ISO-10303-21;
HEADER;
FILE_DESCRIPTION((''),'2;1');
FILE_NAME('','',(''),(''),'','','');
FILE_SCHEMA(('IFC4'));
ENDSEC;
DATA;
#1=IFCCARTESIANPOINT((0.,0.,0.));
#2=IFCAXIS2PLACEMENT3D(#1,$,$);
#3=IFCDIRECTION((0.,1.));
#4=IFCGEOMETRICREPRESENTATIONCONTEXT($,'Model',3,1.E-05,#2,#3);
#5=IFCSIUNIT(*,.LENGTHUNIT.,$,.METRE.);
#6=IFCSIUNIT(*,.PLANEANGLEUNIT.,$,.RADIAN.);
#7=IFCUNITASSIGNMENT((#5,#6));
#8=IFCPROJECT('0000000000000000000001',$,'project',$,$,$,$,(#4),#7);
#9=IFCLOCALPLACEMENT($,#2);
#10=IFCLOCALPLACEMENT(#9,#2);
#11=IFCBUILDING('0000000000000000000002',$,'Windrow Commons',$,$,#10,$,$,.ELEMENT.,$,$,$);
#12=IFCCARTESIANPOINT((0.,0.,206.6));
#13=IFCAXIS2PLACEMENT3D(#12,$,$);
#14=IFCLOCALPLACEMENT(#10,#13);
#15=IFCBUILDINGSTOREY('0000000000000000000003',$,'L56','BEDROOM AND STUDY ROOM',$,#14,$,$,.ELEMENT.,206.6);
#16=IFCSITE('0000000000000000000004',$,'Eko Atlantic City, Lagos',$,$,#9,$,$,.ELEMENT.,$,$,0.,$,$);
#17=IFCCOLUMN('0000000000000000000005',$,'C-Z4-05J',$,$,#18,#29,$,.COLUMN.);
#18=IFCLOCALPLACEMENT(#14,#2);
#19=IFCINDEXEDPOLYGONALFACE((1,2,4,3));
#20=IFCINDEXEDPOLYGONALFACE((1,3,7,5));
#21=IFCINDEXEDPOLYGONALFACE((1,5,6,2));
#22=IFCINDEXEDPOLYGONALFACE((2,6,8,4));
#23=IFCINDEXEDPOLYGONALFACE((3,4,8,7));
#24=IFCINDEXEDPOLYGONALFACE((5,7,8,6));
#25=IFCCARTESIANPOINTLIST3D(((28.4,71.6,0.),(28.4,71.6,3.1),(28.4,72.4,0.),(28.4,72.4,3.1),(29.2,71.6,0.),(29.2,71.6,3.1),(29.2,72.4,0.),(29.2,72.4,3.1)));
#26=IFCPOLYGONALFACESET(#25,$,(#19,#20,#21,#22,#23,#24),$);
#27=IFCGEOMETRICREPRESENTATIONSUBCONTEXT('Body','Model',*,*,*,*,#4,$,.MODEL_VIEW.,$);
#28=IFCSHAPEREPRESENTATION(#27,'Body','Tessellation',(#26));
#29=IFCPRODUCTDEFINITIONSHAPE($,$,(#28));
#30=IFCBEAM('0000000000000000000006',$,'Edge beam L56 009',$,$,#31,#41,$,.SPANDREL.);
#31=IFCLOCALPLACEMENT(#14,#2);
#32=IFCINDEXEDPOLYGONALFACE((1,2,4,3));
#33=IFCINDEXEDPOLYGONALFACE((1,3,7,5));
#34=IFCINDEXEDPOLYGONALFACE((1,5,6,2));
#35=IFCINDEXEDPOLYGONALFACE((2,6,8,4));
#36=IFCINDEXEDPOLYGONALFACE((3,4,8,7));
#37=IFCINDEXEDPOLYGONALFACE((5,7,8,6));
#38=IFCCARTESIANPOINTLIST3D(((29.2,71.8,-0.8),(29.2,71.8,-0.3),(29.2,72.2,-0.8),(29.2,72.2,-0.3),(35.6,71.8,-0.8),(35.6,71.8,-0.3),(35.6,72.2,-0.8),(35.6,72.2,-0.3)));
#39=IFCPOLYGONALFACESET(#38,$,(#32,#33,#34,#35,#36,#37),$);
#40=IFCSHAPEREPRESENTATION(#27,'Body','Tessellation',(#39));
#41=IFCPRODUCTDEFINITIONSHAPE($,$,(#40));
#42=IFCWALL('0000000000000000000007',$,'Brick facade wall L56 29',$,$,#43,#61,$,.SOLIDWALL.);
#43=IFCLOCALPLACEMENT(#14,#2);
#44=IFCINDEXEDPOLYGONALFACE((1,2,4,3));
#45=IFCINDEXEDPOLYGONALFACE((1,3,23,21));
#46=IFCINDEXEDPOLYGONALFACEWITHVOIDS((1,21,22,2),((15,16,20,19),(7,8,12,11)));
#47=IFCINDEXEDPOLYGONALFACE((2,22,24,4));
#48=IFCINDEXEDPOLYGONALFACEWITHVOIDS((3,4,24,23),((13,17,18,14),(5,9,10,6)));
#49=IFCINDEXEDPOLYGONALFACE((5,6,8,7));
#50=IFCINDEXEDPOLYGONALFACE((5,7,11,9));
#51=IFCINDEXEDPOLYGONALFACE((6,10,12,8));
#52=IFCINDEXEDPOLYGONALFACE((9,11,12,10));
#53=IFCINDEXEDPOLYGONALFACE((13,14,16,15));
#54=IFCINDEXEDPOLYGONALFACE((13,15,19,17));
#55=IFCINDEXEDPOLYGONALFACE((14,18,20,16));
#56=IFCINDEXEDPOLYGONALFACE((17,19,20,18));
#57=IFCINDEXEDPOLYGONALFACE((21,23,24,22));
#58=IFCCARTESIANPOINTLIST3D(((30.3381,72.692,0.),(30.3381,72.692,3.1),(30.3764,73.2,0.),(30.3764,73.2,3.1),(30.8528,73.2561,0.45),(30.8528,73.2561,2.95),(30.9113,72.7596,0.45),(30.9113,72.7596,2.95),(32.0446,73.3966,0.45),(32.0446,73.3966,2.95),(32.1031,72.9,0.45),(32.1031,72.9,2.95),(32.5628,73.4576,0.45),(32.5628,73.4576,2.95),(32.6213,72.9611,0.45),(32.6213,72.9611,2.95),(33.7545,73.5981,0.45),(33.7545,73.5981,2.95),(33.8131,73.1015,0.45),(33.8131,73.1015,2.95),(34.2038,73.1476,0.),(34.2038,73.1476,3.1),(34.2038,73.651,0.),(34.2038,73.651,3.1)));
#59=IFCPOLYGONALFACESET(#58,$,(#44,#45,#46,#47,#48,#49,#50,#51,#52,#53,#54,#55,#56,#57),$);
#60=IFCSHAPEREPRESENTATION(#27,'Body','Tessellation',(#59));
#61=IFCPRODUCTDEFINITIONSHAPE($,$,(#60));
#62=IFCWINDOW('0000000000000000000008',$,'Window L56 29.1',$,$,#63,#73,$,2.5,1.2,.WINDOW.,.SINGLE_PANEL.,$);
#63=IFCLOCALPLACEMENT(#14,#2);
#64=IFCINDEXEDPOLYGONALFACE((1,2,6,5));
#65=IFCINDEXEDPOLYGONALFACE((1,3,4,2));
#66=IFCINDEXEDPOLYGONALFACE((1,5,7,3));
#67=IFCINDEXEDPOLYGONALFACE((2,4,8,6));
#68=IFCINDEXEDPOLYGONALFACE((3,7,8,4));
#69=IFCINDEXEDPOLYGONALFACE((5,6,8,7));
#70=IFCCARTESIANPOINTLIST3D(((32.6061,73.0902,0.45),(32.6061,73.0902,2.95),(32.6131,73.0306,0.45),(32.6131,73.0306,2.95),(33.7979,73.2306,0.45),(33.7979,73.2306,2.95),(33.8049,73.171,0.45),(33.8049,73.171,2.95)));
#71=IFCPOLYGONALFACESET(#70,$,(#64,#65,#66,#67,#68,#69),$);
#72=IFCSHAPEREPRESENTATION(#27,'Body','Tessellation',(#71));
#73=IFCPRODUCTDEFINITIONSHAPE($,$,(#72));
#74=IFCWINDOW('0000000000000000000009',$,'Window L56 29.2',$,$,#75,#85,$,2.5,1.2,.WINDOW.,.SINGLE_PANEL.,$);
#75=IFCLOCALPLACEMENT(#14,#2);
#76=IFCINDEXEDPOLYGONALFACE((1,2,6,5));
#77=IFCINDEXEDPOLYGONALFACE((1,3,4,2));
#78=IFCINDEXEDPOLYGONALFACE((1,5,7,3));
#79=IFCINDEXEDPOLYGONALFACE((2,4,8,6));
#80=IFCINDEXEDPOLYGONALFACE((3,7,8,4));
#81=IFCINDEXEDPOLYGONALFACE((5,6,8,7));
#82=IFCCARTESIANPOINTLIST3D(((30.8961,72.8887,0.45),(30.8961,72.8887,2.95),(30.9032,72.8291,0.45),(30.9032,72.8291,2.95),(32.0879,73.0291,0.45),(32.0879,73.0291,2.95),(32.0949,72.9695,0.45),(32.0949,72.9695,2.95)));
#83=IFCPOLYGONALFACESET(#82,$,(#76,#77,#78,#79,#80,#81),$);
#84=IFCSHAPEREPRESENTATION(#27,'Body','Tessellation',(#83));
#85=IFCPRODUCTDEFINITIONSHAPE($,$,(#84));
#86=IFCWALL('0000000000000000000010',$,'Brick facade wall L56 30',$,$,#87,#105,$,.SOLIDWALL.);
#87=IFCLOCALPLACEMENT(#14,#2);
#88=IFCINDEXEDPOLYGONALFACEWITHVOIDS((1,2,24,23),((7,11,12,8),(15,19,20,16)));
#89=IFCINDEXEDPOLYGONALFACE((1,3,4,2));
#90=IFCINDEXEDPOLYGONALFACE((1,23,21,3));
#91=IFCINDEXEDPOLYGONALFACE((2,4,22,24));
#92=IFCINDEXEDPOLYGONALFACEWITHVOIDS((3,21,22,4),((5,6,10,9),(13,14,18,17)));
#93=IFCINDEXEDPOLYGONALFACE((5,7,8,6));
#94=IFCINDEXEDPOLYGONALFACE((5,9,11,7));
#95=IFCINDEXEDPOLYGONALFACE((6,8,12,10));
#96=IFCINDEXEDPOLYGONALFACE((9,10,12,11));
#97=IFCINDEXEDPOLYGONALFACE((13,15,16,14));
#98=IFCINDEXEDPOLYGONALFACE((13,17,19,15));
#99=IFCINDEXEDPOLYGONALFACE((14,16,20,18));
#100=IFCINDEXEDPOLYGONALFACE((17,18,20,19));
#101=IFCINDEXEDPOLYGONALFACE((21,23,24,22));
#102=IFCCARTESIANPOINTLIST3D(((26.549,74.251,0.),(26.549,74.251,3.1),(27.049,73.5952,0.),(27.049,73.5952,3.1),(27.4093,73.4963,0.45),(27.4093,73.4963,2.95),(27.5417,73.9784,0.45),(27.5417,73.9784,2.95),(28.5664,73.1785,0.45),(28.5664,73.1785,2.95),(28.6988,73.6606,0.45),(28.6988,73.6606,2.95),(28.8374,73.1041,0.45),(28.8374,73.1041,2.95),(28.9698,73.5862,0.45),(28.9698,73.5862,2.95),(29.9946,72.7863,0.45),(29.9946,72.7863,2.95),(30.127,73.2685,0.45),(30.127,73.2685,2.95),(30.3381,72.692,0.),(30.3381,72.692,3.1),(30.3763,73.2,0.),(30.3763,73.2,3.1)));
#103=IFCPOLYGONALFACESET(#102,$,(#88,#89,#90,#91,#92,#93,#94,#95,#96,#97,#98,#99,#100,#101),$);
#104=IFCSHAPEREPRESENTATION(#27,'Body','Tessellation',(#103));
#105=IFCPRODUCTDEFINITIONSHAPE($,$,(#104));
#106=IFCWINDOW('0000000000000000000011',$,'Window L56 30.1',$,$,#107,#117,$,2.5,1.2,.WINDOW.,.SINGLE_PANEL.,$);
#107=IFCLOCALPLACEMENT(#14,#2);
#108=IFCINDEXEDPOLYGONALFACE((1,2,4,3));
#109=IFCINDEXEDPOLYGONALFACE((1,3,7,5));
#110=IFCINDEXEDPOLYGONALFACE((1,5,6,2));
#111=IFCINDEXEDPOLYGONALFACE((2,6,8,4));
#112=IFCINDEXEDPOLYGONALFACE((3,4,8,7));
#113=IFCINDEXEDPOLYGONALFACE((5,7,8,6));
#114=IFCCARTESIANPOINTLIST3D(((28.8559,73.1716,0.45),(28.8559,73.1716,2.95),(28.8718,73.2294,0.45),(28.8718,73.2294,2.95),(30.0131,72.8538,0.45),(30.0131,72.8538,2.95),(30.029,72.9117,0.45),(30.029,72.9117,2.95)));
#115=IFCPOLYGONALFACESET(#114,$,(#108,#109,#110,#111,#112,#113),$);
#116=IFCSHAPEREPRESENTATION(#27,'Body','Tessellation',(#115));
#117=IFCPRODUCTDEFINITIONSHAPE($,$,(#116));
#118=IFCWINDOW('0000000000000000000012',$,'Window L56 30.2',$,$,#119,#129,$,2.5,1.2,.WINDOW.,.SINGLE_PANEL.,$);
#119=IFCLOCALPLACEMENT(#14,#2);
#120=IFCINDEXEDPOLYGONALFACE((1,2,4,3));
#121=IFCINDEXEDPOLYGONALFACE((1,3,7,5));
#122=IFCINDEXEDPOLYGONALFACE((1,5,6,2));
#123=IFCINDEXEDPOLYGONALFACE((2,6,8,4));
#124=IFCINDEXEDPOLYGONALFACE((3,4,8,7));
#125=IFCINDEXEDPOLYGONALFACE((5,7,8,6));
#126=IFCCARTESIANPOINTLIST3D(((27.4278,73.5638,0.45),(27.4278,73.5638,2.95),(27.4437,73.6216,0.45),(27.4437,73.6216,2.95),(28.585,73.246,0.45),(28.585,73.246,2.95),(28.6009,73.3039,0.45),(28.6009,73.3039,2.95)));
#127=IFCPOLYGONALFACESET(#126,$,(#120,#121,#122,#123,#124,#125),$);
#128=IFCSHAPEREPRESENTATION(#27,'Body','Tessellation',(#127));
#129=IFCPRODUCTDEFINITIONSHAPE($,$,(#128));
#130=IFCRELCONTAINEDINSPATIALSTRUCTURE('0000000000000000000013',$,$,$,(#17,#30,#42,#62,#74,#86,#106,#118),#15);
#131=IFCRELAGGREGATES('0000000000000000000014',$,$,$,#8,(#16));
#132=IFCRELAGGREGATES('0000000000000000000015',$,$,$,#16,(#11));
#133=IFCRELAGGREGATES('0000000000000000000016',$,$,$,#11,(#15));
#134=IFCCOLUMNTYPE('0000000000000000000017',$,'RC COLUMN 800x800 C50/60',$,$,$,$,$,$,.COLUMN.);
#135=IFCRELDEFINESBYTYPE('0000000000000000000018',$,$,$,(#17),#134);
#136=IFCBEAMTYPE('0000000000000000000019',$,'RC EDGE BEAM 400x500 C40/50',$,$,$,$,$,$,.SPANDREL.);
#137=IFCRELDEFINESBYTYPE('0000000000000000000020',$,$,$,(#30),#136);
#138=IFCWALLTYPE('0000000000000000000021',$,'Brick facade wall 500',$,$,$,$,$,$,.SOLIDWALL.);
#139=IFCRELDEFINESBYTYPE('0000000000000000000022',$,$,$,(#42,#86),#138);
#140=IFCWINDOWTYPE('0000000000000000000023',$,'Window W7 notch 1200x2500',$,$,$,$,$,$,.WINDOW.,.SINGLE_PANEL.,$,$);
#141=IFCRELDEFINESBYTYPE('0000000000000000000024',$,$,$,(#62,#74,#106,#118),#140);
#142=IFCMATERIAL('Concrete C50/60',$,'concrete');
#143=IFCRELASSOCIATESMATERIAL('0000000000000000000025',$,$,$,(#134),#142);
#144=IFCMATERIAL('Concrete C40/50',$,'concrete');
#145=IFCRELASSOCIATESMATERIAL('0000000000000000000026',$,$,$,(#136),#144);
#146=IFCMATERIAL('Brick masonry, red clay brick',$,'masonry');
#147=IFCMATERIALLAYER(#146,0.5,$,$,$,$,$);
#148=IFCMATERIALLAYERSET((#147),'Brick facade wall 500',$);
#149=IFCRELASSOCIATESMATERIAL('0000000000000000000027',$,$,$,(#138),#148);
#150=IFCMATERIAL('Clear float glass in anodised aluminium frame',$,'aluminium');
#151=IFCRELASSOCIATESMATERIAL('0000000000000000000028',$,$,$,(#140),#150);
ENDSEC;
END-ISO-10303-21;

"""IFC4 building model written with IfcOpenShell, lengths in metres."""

from ifc_helpers import new_model, si_unit, direction, frame, frame_2d, origin, origin_2d, place, context, subcontext, project, spatial, polyline, rectangle, outline, extrude, material, layer, layer_set, material_profile, profile_set, type_object, element, fill, save


model = new_model("IFC4")

# Units and contexts
model_context = context("Model", 3, precision=1e-05, world=origin(), true_north=direction((0.0, 1.0)))
body_context = subcontext(model_context, "Body", "Model", "MODEL_VIEW")
ifc_project = project(units=[si_unit("LENGTHUNIT", "METRE"), si_unit("PLANEANGLEUNIT", "RADIAN")], contexts=[model_context])

# Site, building, storey
site_placement = place(None, origin())
site = spatial("IfcSite", under=ifc_project, at=site_placement, Name="Eko Atlantic City, Lagos", CompositionType="ELEMENT", RefElevation=0.0)
building_placement = place(site_placement, origin())
building = spatial("IfcBuilding", under=site, at=building_placement, Name="Windrow Commons", CompositionType="ELEMENT")
storey_placement = place(building_placement, frame((0.0, 0.0, 206.6)))
storey = spatial("IfcBuildingStorey", under=building, at=storey_placement, Name="L56", Description="BEDROOM AND STUDY ROOM", CompositionType="ELEMENT", Elevation=206.6)

# Column
ifc_material_1 = material(Name="Concrete C50/60", Category="concrete")
ifc_material_profile_1 = material_profile(ifc_material_1, rectangle(XDim=0.8, YDim=0.8, at=origin_2d()))
ifc_profile_set_1 = profile_set([ifc_material_profile_1], Name="Concrete C50/60")
column_type = type_object("IfcColumnType", Name="RC COLUMN 800x800 C50/60", PredefinedType="COLUMN", material=ifc_profile_set_1)
column_placement = place(storey_placement, frame((28.8, 72.0, 0.0), z_axis=(0.0, 0.0, 1.0), x_axis=(1.0, 0.0, 0.0)))
element("IfcColumn", 1, at=column_placement, inside=storey, type_object=column_type, Name="C-Z4-05J", PredefinedType="COLUMN", context=body_context, shape_type="SweptSolid", body=[
    extrude(rectangle(XDim=0.8, YDim=0.8, at=origin_2d()), origin(), (0.0, 0.0, 1.0), 3.1),
])

# Beam
ifc_material_2 = material(Name="Concrete C40/50", Category="concrete")
ifc_material_profile_2 = material_profile(ifc_material_2, rectangle(XDim=0.4, YDim=0.5, at=origin_2d()))
ifc_profile_set_2 = profile_set([ifc_material_profile_2], Name="Concrete C40/50")
beam_type = type_object("IfcBeamType", Name="RC EDGE BEAM 400x500 C40/50", PredefinedType="SPANDREL", material=ifc_profile_set_2)
beam_placement = place(storey_placement, frame((29.2, 72.0, -0.55), z_axis=(1.0, 0.0, 0.0), x_axis=(0.0, 1.0, 0.0)))
element("IfcBeam", 2, at=beam_placement, inside=storey, type_object=beam_type, Name="Edge beam L56 009", PredefinedType="SPANDREL", context=body_context, shape_type="SweptSolid", body=[
    extrude(rectangle(XDim=0.4, YDim=0.5, at=origin_2d()), origin(), (0.0, 0.0, 1.0), 6.4),
])

# Walls, openings, windows
ifc_material_3 = material(Name="Brick masonry, red clay brick", Category="masonry")
ifc_layer_1 = layer(ifc_material_3, 0.5)
ifc_layer_set_1 = layer_set([ifc_layer_1], Name="Brick facade wall 500")
wall_type_1 = type_object("IfcWallType", Name="Brick facade wall 500", PredefinedType="SOLIDWALL", material=ifc_layer_set_1)
wall_1_placement = place(storey_placement, frame((34.2038, 73.3993, 0.0), z_axis=(0.0, 0.0, 1.0), x_axis=(-0.993128, -0.117034, 0.0)))
wall_1 = element("IfcWall", 3, at=wall_1_placement, inside=storey, type_object=wall_type_1, Name="Brick facade wall L56 29", PredefinedType="SOLIDWALL", context=body_context, shape_type="SweptSolid", body=[
    extrude(outline(polyline([(-0.0295, -0.25), (3.8244, -0.25), (3.9219, 0.25), (0.0295, 0.25), (-0.0295, -0.25)])), origin(), (0.0, 0.0, 1.0), 3.1),
])
opening_1_placement = place(wall_1_placement, frame((0.4229, 0.0, 0.45)))
opening_1 = element("IfcOpeningElement", 4, at=opening_1_placement, cuts=wall_1, PredefinedType="OPENING", context=body_context, shape_type="SweptSolid", body=[
    extrude(rectangle(XDim=1.2, YDim=2.5, at=frame_2d((0.6, 1.25))), frame((0.0, 0.26, 0.0), z_axis=(0.0, -1.0, 0.0), x_axis=(1.0, 0.0, 0.0)), (0.0, 0.0, 1.0), 0.52),
])
opening_2_placement = place(wall_1_placement, frame((2.1447, 0.0, 0.45)))
opening_2 = element("IfcOpeningElement", 5, at=opening_2_placement, cuts=wall_1, PredefinedType="OPENING", context=body_context, shape_type="SweptSolid", body=[
    extrude(rectangle(XDim=1.2, YDim=2.5, at=frame_2d((0.6, 1.25))), frame((0.0, 0.26, 0.0), z_axis=(0.0, -1.0, 0.0), x_axis=(1.0, 0.0, 0.0)), (0.0, 0.0, 1.0), 0.52),
])
ifc_material_4 = material(Name="Clear float glass in anodised aluminium frame", Category="aluminium")
window_type_1 = type_object("IfcWindowType", Name="Window W7 notch 1200x2500", PartitioningType="SINGLE_PANEL", PredefinedType="WINDOW", material=ifc_material_4)
window_1_placement = place(opening_1_placement, origin())
window_1 = element("IfcWindow", 6, at=window_1_placement, inside=storey, type_object=window_type_1, Name="Window L56 29.1", OverallHeight=2.5, OverallWidth=1.2, PartitioningType="SINGLE_PANEL", PredefinedType="WINDOW", context=body_context, shape_type="SweptSolid", body=[
    extrude(rectangle(XDim=1.2, YDim=2.5, at=frame_2d((0.6, 1.25))), frame((0.0, 0.18, 0.0), z_axis=(0.0, -1.0, 0.0), x_axis=(1.0, 0.0, 0.0)), (0.0, 0.0, 1.0), 0.06),
])
fill(opening_1, window_1)
window_2_placement = place(opening_2_placement, origin())
window_2 = element("IfcWindow", 7, at=window_2_placement, inside=storey, type_object=window_type_1, Name="Window L56 29.2", OverallHeight=2.5, OverallWidth=1.2, PartitioningType="SINGLE_PANEL", PredefinedType="WINDOW", context=body_context, shape_type="SweptSolid", body=[
    extrude(rectangle(XDim=1.2, YDim=2.5, at=frame_2d((0.6, 1.25))), frame((0.0, 0.18, 0.0), z_axis=(0.0, -1.0, 0.0), x_axis=(1.0, 0.0, 0.0)), (0.0, 0.0, 1.0), 0.06),
])
fill(opening_2, window_2)
wall_2_placement = place(storey_placement, frame((30.3572, 72.946, 0.0), z_axis=(0.0, 0.0, 1.0), x_axis=(-0.964303, 0.264802, 0.0)))
wall_2 = element("IfcWall", 8, at=wall_2_placement, inside=storey, type_object=wall_type_1, Name="Brick facade wall L56 30", PredefinedType="SOLIDWALL", context=body_context, shape_type="SweptSolid", body=[
    extrude(outline(polyline([(0.0488, -0.25), (4.0178, -0.25), (3.362, 0.25), (-0.0488, 0.25), (0.0488, -0.25)])), origin(), (0.0, 0.0, 1.0), 3.1),
])
opening_3_placement = place(wall_2_placement, frame((0.3074, 0.0, 0.45)))
opening_3 = element("IfcOpeningElement", 9, at=opening_3_placement, cuts=wall_2, PredefinedType="OPENING", context=body_context, shape_type="SweptSolid", body=[
    extrude(rectangle(XDim=1.2, YDim=2.5, at=frame_2d((0.6, 1.25))), frame((0.0, 0.26, 0.0), z_axis=(0.0, -1.0, 0.0), x_axis=(1.0, 0.0, 0.0)), (0.0, 0.0, 1.0), 0.52),
])
opening_4_placement = place(wall_2_placement, frame((1.7884, 0.0, 0.45)))
opening_4 = element("IfcOpeningElement", 10, at=opening_4_placement, cuts=wall_2, PredefinedType="OPENING", context=body_context, shape_type="SweptSolid", body=[
    extrude(rectangle(XDim=1.2, YDim=2.5, at=frame_2d((0.6, 1.25))), frame((0.0, 0.26, 0.0), z_axis=(0.0, -1.0, 0.0), x_axis=(1.0, 0.0, 0.0)), (0.0, 0.0, 1.0), 0.52),
])
window_3_placement = place(opening_3_placement, origin())
window_3 = element("IfcWindow", 11, at=window_3_placement, inside=storey, type_object=window_type_1, Name="Window L56 30.1", OverallHeight=2.5, OverallWidth=1.2, PartitioningType="SINGLE_PANEL", PredefinedType="WINDOW", context=body_context, shape_type="SweptSolid", body=[
    extrude(rectangle(XDim=1.2, YDim=2.5, at=frame_2d((0.6, 1.25))), frame((0.0, 0.18, 0.0), z_axis=(0.0, -1.0, 0.0), x_axis=(1.0, 0.0, 0.0)), (0.0, 0.0, 1.0), 0.06),
])
fill(opening_3, window_3)
window_4_placement = place(opening_4_placement, origin())
window_4 = element("IfcWindow", 12, at=window_4_placement, inside=storey, type_object=window_type_1, Name="Window L56 30.2", OverallHeight=2.5, OverallWidth=1.2, PartitioningType="SINGLE_PANEL", PredefinedType="WINDOW", context=body_context, shape_type="SweptSolid", body=[
    extrude(rectangle(XDim=1.2, YDim=2.5, at=frame_2d((0.6, 1.25))), frame((0.0, 0.18, 0.0), z_axis=(0.0, -1.0, 0.0), x_axis=(1.0, 0.0, 0.0)), (0.0, 0.0, 1.0), 0.06),
])
fill(opening_4, window_4)

save(model, "model.ifc")
